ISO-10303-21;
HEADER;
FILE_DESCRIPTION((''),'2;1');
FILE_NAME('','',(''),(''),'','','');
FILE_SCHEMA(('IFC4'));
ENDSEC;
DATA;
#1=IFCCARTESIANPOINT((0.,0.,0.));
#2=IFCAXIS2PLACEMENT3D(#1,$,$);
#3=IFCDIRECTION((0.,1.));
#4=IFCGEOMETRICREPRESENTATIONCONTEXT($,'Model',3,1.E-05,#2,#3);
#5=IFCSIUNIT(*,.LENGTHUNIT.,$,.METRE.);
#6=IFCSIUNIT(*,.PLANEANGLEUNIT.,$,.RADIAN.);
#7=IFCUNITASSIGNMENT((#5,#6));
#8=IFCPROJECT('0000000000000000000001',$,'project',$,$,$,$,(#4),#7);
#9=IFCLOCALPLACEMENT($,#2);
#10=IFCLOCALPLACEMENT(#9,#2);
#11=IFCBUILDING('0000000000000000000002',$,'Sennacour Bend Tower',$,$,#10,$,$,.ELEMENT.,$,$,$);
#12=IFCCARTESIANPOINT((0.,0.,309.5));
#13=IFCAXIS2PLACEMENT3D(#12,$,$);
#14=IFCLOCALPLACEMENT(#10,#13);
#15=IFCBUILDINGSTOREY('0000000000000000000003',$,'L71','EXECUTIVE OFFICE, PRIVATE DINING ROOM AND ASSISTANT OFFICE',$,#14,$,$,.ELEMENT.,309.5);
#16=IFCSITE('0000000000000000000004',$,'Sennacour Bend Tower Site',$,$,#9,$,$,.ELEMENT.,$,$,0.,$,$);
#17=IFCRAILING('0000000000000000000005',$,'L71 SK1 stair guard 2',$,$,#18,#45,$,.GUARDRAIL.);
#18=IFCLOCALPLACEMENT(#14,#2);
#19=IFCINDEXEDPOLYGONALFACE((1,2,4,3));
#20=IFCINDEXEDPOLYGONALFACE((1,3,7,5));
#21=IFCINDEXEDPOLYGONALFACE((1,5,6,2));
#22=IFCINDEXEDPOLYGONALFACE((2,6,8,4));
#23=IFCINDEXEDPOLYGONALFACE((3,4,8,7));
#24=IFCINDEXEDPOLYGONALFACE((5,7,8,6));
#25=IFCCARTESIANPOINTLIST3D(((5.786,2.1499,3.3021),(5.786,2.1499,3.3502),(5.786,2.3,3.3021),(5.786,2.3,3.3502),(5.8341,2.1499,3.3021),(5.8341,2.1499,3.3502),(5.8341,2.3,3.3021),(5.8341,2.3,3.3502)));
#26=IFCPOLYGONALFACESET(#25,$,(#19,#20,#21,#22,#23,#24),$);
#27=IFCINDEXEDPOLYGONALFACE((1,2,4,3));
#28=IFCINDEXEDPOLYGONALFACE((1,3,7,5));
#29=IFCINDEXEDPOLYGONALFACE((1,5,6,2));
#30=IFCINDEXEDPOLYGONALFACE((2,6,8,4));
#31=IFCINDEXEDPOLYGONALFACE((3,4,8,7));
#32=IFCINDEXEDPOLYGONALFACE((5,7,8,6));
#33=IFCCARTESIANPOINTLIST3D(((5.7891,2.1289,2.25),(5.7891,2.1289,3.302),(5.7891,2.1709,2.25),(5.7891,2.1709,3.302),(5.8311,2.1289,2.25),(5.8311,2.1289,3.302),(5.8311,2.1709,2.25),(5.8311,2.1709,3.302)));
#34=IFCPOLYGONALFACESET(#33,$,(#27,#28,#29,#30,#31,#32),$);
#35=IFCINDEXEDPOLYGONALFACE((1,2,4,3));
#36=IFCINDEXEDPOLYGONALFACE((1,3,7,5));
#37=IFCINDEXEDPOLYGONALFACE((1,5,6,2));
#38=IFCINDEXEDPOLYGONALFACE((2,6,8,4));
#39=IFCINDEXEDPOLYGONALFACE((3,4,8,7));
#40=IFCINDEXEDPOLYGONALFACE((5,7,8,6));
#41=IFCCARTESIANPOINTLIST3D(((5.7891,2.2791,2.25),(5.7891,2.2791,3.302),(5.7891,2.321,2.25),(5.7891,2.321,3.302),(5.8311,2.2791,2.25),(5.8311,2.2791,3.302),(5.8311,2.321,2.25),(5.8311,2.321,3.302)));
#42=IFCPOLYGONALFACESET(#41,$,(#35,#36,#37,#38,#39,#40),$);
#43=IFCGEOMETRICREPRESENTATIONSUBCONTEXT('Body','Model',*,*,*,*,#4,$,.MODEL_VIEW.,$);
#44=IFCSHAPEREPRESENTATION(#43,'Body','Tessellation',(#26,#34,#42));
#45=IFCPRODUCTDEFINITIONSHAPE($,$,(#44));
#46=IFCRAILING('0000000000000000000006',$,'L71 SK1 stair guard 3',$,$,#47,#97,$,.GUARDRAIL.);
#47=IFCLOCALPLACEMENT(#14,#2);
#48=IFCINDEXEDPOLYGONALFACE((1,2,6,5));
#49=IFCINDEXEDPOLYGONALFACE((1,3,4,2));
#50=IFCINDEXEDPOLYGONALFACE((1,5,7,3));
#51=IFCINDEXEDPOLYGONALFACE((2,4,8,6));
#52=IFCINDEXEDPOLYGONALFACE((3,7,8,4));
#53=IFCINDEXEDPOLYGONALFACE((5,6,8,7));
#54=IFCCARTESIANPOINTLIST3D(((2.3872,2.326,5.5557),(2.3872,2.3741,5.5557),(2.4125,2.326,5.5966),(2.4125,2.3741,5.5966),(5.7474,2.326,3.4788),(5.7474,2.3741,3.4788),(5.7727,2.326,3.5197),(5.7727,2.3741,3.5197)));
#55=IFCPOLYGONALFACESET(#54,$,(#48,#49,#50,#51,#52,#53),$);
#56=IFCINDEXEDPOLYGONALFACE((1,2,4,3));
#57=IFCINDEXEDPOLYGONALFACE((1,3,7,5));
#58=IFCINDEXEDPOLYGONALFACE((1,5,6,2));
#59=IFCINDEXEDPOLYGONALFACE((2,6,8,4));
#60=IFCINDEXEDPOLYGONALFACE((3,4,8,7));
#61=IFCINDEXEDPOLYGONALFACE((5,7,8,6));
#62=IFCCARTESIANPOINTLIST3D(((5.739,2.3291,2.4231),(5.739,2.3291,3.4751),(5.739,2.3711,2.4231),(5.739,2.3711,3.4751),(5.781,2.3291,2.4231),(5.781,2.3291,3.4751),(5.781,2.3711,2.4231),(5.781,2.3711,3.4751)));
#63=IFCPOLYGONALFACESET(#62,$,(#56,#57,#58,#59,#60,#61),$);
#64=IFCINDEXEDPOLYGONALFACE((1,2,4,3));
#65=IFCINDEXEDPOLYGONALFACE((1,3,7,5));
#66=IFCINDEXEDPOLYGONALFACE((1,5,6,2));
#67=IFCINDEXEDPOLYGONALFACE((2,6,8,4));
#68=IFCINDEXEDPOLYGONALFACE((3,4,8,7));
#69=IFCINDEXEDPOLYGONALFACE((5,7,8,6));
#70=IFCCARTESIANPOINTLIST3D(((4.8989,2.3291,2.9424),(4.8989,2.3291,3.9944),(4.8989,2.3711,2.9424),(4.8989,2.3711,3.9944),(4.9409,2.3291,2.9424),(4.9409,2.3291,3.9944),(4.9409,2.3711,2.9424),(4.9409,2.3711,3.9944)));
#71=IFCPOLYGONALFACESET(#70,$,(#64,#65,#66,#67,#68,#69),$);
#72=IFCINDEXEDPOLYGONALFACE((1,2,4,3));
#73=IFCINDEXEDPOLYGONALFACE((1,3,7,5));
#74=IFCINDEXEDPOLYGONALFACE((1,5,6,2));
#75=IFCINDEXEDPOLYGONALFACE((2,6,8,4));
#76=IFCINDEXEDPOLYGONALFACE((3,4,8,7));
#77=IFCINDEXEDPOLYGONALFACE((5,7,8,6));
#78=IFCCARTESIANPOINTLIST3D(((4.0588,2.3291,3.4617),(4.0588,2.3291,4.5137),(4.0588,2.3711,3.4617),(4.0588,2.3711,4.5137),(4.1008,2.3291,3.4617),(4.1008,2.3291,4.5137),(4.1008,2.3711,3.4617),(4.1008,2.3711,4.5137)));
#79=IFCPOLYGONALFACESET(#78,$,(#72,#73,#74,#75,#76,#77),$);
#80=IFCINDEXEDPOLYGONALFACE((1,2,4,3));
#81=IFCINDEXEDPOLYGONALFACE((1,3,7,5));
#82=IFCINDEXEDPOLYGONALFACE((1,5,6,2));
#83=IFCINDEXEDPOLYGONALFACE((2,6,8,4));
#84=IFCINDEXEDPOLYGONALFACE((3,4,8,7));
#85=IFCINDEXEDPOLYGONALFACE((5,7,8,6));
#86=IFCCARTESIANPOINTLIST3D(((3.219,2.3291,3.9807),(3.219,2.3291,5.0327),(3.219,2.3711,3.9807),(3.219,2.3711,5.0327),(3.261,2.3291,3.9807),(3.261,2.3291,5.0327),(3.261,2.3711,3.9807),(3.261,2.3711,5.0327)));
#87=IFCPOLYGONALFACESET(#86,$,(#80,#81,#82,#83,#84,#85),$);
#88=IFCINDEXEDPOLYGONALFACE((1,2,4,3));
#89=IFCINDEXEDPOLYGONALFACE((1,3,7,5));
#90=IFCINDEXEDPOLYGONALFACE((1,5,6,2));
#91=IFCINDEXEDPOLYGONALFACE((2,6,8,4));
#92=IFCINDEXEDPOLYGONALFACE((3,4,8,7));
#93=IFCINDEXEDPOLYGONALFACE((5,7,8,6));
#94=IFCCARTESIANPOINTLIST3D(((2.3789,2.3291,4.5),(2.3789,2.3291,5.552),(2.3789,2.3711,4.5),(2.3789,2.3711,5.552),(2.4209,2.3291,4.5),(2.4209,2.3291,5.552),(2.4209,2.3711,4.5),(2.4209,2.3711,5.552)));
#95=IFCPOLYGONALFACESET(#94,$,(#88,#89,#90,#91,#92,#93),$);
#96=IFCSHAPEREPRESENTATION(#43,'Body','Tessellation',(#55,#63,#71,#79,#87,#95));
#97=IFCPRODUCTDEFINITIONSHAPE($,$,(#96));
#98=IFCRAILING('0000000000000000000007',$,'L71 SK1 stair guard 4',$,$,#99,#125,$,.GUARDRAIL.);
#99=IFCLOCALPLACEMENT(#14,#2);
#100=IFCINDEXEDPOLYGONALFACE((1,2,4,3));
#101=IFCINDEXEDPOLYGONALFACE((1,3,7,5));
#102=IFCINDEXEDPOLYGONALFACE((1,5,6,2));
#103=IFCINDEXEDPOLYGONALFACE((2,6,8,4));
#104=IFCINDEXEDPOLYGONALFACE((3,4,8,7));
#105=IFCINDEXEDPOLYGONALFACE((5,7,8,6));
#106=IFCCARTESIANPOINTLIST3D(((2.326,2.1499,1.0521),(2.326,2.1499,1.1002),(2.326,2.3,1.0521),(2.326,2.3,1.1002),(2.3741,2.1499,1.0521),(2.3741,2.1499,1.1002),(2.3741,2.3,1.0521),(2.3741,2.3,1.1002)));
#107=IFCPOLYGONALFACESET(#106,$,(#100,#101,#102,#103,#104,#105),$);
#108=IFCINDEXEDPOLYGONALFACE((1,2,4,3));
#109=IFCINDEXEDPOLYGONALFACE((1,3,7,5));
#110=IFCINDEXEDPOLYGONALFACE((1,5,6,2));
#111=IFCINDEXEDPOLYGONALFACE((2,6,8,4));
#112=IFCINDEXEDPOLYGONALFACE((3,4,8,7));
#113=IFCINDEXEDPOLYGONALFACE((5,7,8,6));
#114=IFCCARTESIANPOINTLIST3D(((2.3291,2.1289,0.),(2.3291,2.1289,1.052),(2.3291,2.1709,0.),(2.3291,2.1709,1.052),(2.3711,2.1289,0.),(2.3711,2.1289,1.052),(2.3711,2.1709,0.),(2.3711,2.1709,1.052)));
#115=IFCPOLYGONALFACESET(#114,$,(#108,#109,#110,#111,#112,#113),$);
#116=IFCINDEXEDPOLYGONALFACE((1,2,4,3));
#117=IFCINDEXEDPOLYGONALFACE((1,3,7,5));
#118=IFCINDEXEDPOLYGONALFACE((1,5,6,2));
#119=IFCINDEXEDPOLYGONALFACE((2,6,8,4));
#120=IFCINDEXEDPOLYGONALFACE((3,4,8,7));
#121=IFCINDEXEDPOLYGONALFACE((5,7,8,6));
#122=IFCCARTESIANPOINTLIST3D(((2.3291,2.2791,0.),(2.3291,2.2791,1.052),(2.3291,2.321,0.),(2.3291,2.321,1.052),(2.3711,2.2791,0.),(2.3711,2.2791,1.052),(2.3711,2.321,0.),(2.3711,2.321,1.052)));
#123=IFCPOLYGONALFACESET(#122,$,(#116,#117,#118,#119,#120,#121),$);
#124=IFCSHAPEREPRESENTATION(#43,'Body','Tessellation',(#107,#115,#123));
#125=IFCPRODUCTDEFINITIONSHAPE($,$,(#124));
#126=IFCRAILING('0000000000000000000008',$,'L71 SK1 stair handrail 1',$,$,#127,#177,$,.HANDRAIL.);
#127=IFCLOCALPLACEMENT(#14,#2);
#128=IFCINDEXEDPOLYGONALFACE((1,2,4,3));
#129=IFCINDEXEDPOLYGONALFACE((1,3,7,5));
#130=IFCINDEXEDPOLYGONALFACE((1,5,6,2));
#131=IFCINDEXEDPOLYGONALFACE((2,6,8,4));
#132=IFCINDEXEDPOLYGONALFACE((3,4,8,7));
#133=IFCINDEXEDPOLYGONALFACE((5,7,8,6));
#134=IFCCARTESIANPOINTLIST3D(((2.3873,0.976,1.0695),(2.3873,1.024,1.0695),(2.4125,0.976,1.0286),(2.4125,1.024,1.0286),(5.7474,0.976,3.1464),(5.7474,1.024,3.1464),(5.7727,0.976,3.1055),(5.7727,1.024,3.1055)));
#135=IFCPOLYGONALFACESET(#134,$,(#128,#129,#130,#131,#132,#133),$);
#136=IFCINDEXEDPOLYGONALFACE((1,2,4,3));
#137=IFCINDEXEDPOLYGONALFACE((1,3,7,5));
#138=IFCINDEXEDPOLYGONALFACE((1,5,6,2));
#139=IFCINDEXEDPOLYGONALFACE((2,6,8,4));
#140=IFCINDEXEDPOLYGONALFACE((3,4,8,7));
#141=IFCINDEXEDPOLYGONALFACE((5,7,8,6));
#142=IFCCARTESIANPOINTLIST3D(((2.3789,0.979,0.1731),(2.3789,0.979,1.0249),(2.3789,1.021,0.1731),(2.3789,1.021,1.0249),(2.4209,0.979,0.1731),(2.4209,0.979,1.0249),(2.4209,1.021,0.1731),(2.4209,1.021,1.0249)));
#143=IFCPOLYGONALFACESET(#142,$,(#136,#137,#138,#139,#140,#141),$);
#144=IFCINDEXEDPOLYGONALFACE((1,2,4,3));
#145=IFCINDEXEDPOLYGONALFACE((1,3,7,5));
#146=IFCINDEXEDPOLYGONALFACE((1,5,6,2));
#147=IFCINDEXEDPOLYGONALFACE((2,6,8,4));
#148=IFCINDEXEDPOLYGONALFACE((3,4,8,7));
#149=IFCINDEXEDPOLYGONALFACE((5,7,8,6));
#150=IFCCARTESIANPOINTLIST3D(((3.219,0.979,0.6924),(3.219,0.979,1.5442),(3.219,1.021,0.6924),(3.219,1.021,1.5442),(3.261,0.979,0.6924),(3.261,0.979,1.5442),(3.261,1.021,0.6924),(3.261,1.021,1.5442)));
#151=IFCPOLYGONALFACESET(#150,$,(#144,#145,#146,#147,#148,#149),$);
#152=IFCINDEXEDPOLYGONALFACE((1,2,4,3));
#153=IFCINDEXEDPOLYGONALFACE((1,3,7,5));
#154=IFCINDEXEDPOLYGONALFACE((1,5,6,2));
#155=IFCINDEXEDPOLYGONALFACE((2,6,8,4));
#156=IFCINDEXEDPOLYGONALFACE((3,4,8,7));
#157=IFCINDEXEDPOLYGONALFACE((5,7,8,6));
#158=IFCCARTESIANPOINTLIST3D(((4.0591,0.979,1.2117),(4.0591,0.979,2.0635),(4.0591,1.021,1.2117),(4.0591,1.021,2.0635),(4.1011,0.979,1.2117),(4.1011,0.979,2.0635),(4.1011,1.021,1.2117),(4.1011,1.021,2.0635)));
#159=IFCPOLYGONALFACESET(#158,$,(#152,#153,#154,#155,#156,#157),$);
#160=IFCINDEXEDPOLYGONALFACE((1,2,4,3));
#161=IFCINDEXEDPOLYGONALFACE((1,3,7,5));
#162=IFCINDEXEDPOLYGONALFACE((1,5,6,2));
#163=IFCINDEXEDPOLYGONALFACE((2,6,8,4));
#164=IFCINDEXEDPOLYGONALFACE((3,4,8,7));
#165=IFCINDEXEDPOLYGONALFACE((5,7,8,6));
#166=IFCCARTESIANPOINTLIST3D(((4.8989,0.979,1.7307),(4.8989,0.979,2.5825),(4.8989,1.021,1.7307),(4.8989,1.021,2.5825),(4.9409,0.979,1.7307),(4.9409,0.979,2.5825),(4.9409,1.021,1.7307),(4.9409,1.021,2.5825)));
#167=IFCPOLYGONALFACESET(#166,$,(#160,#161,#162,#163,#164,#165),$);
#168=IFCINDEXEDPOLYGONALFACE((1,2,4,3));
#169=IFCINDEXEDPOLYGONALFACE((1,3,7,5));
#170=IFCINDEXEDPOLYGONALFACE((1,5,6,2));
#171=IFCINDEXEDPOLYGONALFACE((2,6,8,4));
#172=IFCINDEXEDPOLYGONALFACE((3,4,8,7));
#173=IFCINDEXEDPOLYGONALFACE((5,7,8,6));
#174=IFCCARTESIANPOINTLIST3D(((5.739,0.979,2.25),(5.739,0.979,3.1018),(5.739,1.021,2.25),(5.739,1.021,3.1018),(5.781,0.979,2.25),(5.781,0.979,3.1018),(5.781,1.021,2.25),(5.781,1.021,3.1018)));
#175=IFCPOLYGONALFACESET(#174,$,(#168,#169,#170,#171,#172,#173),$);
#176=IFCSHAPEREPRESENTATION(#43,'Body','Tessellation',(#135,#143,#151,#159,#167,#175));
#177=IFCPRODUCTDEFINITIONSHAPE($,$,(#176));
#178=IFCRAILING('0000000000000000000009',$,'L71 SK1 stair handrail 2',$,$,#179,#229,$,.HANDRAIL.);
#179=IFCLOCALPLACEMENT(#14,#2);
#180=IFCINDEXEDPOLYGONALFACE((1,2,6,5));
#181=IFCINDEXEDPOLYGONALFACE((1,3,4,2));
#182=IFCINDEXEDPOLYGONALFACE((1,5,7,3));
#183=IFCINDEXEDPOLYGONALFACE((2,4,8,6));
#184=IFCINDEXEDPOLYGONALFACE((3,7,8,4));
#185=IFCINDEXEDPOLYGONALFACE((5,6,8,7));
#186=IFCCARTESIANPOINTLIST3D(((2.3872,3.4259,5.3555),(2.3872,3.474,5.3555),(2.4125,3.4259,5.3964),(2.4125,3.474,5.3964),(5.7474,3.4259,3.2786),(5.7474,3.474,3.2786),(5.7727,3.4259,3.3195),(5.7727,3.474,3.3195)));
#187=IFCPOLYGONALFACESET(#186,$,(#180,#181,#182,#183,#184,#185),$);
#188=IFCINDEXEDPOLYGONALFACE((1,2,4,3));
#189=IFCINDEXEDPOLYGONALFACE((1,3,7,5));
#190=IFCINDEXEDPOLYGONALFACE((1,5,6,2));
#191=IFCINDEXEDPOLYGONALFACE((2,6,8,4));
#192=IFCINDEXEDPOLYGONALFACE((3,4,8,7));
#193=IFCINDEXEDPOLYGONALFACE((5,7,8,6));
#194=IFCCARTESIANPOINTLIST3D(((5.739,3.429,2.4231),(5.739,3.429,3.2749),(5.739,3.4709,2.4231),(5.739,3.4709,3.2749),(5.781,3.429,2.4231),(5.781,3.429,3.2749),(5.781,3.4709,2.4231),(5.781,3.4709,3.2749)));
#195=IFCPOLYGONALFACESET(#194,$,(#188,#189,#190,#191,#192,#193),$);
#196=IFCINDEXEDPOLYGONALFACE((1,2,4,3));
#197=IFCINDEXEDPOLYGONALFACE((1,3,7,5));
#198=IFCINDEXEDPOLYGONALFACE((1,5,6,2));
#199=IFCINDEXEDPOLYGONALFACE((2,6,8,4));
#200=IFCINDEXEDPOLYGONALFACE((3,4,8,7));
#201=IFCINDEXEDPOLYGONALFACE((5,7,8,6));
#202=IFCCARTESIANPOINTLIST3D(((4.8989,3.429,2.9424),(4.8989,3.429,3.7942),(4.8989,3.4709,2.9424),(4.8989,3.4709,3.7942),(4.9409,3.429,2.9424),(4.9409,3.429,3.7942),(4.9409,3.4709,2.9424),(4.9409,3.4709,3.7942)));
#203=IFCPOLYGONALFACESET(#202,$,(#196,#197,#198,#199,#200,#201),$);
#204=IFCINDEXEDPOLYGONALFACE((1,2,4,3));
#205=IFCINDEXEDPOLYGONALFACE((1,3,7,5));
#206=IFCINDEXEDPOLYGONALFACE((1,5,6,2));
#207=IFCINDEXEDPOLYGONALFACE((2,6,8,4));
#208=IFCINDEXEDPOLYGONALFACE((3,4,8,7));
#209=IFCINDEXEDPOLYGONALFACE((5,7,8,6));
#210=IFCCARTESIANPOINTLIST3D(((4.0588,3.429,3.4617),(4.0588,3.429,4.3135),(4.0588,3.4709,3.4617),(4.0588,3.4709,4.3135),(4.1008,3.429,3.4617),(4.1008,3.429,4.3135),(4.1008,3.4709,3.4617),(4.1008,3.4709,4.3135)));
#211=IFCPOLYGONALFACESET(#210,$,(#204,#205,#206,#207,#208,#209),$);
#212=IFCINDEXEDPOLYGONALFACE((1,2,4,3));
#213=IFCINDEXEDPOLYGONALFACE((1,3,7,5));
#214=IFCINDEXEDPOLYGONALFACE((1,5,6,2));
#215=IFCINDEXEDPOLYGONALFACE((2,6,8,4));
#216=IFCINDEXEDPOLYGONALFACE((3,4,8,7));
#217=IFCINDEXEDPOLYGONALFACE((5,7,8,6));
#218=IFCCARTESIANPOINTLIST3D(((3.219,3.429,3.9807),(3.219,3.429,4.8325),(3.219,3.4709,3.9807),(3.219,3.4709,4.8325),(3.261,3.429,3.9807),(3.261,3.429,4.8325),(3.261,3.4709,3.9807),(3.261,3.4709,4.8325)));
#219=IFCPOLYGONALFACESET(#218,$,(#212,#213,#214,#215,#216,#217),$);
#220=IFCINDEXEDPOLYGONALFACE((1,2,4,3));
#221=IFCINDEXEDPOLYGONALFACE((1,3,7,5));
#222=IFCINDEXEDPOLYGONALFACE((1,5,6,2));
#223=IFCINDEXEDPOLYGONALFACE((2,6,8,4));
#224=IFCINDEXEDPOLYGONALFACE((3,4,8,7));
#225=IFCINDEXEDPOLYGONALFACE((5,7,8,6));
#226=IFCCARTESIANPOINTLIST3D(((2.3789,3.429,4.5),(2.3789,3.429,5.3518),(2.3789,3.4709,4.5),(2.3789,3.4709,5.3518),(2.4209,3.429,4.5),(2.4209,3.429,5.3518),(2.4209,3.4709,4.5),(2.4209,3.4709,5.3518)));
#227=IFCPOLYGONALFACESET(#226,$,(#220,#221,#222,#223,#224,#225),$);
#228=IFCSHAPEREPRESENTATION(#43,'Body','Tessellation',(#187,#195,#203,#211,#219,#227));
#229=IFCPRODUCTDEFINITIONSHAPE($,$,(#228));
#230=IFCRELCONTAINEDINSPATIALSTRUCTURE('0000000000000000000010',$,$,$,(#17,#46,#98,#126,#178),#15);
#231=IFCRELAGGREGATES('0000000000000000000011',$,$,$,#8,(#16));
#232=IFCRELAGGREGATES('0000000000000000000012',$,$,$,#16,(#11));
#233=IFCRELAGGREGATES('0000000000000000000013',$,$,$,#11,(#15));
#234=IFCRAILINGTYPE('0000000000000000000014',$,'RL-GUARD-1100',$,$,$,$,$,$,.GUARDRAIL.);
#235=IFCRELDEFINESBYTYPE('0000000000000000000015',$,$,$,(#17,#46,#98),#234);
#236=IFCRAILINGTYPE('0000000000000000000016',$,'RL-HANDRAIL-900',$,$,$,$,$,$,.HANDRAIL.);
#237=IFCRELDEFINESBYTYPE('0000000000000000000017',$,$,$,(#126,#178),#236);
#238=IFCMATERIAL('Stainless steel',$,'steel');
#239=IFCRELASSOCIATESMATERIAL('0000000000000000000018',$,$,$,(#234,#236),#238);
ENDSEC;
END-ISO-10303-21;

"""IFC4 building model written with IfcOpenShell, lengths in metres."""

from ifc_helpers import new_model, si_unit, direction, frame, origin, origin_2d, place, context, subcontext, project, spatial, rectangle, extrude, material, type_object, element, save


model = new_model("IFC4")

# Units and contexts
model_context = context("Model", 3, precision=1e-05, world=origin(), true_north=direction((0.0, 1.0)))
body_context = subcontext(model_context, "Body", "Model", "MODEL_VIEW")
ifc_project = project(units=[si_unit("LENGTHUNIT", "METRE"), si_unit("PLANEANGLEUNIT", "RADIAN")], contexts=[model_context])

# Site, building, storey
site_placement = place(None, origin())
site = spatial("IfcSite", under=ifc_project, at=site_placement, Name="Sennacour Bend Tower Site", CompositionType="ELEMENT", RefElevation=0.0)
building_placement = place(site_placement, origin())
building = spatial("IfcBuilding", under=site, at=building_placement, Name="Sennacour Bend Tower", CompositionType="ELEMENT")
storey_placement = place(building_placement, frame((0.0, 0.0, 309.5)))
storey = spatial("IfcBuildingStorey", under=building, at=storey_placement, Name="L71", Description="EXECUTIVE OFFICE, PRIVATE DINING ROOM AND ASSISTANT OFFICE", CompositionType="ELEMENT", Elevation=309.5)

# Railings
ifc_material_1 = material(Name="Stainless steel", Category="steel")
railing_type_1 = type_object("IfcRailingType", Name="RL-GUARD-1100", PredefinedType="GUARDRAIL", material=ifc_material_1)
railing_1_placement = place(storey_placement, frame((5.8101, 2.1499, 2.25)))
element("IfcRailing", 1, at=railing_1_placement, inside=storey, type_object=railing_type_1, Name="L71 SK1 stair guard 2", PredefinedType="GUARDRAIL", context=body_context, shape_type="SweptSolid", body=[
    extrude(rectangle(XDim=0.0481, YDim=0.0481, at=origin_2d()), frame((0.0, 0.0, 1.0762), z_axis=(0.0, 1.0, 0.0), x_axis=(-1.0, 0.0, 0.0)), (0.0, 0.0, 1.0), 0.1501),
    extrude(rectangle(XDim=0.042, YDim=0.042, at=origin_2d()), origin(), (0.0, 0.0, 1.0), 1.052),
    extrude(rectangle(XDim=0.042, YDim=0.042, at=origin_2d()), frame((0.0, 0.1501, 0.0)), (0.0, 0.0, 1.0), 1.052),
])
railing_2_placement = place(storey_placement, frame((5.76, 2.3501, 2.4231)))
element("IfcRailing", 2, at=railing_2_placement, inside=storey, type_object=railing_type_1, Name="L71 SK1 stair guard 3", PredefinedType="GUARDRAIL", context=body_context, shape_type="SweptSolid", body=[
    extrude(rectangle(XDim=0.0481, YDim=0.0481, at=origin_2d()), frame((0.0, 0.0, 1.0762), z_axis=(-0.850623, 0.0, 0.525776), x_axis=(0.0, -1.0, 0.0)), (0.0, 0.0, 1.0), 3.9502),
    extrude(rectangle(XDim=0.042, YDim=0.042, at=origin_2d()), origin(), (0.0, 0.0, 1.0), 1.052),
    extrude(rectangle(XDim=0.042, YDim=0.042, at=origin_2d()), frame((-0.8401, 0.0, 0.5193)), (0.0, 0.0, 1.0), 1.052),
    extrude(rectangle(XDim=0.042, YDim=0.042, at=origin_2d()), frame((-1.6802, 0.0, 1.0386)), (0.0, 0.0, 1.0), 1.052),
    extrude(rectangle(XDim=0.042, YDim=0.042, at=origin_2d()), frame((-2.52, 0.0, 1.5576)), (0.0, 0.0, 1.0), 1.052),
    extrude(rectangle(XDim=0.042, YDim=0.042, at=origin_2d()), frame((-3.3601, 0.0, 2.0769)), (0.0, 0.0, 1.0), 1.052),
])
railing_3_placement = place(storey_placement, frame((2.3501, 2.1499, 0.0)))
element("IfcRailing", 3, at=railing_3_placement, inside=storey, type_object=railing_type_1, Name="L71 SK1 stair guard 4", PredefinedType="GUARDRAIL", context=body_context, shape_type="SweptSolid", body=[
    extrude(rectangle(XDim=0.0481, YDim=0.0481, at=origin_2d()), frame((0.0, 0.0, 1.0762), z_axis=(0.0, 1.0, 0.0), x_axis=(-1.0, 0.0, 0.0)), (0.0, 0.0, 1.0), 0.1501),
    extrude(rectangle(XDim=0.042, YDim=0.042, at=origin_2d()), origin(), (0.0, 0.0, 1.0), 1.052),
    extrude(rectangle(XDim=0.042, YDim=0.042, at=origin_2d()), frame((0.0, 0.1501, 0.0)), (0.0, 0.0, 1.0), 1.052),
])
railing_type_2 = type_object("IfcRailingType", Name="RL-HANDRAIL-900", PredefinedType="HANDRAIL", material=ifc_material_1)
railing_4_placement = place(storey_placement, frame((2.3999, 1.0, 0.1731)))
element("IfcRailing", 4, at=railing_4_placement, inside=storey, type_object=railing_type_2, Name="L71 SK1 stair handrail 1", PredefinedType="HANDRAIL", context=body_context, shape_type="SweptSolid", body=[
    extrude(rectangle(XDim=0.0481, YDim=0.0481, at=origin_2d()), frame((0.0, 0.0, 0.876), z_axis=(0.850623, 0.0, 0.525776), x_axis=(0.0, 1.0, 0.0)), (0.0, 0.0, 1.0), 3.9502),
    extrude(rectangle(XDim=0.042, YDim=0.042, at=origin_2d()), origin(), (0.0, 0.0, 1.0), 0.8518),
    extrude(rectangle(XDim=0.042, YDim=0.042, at=origin_2d()), frame((0.8401, 0.0, 0.5193)), (0.0, 0.0, 1.0), 0.8518),
    extrude(rectangle(XDim=0.042, YDim=0.042, at=origin_2d()), frame((1.6802, 0.0, 1.0386)), (0.0, 0.0, 1.0), 0.8518),
    extrude(rectangle(XDim=0.042, YDim=0.042, at=origin_2d()), frame((2.52, 0.0, 1.5576)), (0.0, 0.0, 1.0), 0.8518),
    extrude(rectangle(XDim=0.042, YDim=0.042, at=origin_2d()), frame((3.3601, 0.0, 2.0769)), (0.0, 0.0, 1.0), 0.8518),
])
railing_5_placement = place(storey_placement, frame((5.76, 3.45, 2.4231)))
element("IfcRailing", 5, at=railing_5_placement, inside=storey, type_object=railing_type_2, Name="L71 SK1 stair handrail 2", PredefinedType="HANDRAIL", context=body_context, shape_type="SweptSolid", body=[
    extrude(rectangle(XDim=0.0481, YDim=0.0481, at=origin_2d()), frame((0.0, 0.0, 0.876), z_axis=(-0.850623, 0.0, 0.525776), x_axis=(0.0, -1.0, 0.0)), (0.0, 0.0, 1.0), 3.9502),
    extrude(rectangle(XDim=0.042, YDim=0.042, at=origin_2d()), origin(), (0.0, 0.0, 1.0), 0.8518),
    extrude(rectangle(XDim=0.042, YDim=0.042, at=origin_2d()), frame((-0.8401, 0.0, 0.5193)), (0.0, 0.0, 1.0), 0.8518),
    extrude(rectangle(XDim=0.042, YDim=0.042, at=origin_2d()), frame((-1.6802, 0.0, 1.0386)), (0.0, 0.0, 1.0), 0.8518),
    extrude(rectangle(XDim=0.042, YDim=0.042, at=origin_2d()), frame((-2.52, 0.0, 1.5576)), (0.0, 0.0, 1.0), 0.8518),
    extrude(rectangle(XDim=0.042, YDim=0.042, at=origin_2d()), frame((-3.3601, 0.0, 2.0769)), (0.0, 0.0, 1.0), 0.8518),
])

save(model, "model.ifc")
